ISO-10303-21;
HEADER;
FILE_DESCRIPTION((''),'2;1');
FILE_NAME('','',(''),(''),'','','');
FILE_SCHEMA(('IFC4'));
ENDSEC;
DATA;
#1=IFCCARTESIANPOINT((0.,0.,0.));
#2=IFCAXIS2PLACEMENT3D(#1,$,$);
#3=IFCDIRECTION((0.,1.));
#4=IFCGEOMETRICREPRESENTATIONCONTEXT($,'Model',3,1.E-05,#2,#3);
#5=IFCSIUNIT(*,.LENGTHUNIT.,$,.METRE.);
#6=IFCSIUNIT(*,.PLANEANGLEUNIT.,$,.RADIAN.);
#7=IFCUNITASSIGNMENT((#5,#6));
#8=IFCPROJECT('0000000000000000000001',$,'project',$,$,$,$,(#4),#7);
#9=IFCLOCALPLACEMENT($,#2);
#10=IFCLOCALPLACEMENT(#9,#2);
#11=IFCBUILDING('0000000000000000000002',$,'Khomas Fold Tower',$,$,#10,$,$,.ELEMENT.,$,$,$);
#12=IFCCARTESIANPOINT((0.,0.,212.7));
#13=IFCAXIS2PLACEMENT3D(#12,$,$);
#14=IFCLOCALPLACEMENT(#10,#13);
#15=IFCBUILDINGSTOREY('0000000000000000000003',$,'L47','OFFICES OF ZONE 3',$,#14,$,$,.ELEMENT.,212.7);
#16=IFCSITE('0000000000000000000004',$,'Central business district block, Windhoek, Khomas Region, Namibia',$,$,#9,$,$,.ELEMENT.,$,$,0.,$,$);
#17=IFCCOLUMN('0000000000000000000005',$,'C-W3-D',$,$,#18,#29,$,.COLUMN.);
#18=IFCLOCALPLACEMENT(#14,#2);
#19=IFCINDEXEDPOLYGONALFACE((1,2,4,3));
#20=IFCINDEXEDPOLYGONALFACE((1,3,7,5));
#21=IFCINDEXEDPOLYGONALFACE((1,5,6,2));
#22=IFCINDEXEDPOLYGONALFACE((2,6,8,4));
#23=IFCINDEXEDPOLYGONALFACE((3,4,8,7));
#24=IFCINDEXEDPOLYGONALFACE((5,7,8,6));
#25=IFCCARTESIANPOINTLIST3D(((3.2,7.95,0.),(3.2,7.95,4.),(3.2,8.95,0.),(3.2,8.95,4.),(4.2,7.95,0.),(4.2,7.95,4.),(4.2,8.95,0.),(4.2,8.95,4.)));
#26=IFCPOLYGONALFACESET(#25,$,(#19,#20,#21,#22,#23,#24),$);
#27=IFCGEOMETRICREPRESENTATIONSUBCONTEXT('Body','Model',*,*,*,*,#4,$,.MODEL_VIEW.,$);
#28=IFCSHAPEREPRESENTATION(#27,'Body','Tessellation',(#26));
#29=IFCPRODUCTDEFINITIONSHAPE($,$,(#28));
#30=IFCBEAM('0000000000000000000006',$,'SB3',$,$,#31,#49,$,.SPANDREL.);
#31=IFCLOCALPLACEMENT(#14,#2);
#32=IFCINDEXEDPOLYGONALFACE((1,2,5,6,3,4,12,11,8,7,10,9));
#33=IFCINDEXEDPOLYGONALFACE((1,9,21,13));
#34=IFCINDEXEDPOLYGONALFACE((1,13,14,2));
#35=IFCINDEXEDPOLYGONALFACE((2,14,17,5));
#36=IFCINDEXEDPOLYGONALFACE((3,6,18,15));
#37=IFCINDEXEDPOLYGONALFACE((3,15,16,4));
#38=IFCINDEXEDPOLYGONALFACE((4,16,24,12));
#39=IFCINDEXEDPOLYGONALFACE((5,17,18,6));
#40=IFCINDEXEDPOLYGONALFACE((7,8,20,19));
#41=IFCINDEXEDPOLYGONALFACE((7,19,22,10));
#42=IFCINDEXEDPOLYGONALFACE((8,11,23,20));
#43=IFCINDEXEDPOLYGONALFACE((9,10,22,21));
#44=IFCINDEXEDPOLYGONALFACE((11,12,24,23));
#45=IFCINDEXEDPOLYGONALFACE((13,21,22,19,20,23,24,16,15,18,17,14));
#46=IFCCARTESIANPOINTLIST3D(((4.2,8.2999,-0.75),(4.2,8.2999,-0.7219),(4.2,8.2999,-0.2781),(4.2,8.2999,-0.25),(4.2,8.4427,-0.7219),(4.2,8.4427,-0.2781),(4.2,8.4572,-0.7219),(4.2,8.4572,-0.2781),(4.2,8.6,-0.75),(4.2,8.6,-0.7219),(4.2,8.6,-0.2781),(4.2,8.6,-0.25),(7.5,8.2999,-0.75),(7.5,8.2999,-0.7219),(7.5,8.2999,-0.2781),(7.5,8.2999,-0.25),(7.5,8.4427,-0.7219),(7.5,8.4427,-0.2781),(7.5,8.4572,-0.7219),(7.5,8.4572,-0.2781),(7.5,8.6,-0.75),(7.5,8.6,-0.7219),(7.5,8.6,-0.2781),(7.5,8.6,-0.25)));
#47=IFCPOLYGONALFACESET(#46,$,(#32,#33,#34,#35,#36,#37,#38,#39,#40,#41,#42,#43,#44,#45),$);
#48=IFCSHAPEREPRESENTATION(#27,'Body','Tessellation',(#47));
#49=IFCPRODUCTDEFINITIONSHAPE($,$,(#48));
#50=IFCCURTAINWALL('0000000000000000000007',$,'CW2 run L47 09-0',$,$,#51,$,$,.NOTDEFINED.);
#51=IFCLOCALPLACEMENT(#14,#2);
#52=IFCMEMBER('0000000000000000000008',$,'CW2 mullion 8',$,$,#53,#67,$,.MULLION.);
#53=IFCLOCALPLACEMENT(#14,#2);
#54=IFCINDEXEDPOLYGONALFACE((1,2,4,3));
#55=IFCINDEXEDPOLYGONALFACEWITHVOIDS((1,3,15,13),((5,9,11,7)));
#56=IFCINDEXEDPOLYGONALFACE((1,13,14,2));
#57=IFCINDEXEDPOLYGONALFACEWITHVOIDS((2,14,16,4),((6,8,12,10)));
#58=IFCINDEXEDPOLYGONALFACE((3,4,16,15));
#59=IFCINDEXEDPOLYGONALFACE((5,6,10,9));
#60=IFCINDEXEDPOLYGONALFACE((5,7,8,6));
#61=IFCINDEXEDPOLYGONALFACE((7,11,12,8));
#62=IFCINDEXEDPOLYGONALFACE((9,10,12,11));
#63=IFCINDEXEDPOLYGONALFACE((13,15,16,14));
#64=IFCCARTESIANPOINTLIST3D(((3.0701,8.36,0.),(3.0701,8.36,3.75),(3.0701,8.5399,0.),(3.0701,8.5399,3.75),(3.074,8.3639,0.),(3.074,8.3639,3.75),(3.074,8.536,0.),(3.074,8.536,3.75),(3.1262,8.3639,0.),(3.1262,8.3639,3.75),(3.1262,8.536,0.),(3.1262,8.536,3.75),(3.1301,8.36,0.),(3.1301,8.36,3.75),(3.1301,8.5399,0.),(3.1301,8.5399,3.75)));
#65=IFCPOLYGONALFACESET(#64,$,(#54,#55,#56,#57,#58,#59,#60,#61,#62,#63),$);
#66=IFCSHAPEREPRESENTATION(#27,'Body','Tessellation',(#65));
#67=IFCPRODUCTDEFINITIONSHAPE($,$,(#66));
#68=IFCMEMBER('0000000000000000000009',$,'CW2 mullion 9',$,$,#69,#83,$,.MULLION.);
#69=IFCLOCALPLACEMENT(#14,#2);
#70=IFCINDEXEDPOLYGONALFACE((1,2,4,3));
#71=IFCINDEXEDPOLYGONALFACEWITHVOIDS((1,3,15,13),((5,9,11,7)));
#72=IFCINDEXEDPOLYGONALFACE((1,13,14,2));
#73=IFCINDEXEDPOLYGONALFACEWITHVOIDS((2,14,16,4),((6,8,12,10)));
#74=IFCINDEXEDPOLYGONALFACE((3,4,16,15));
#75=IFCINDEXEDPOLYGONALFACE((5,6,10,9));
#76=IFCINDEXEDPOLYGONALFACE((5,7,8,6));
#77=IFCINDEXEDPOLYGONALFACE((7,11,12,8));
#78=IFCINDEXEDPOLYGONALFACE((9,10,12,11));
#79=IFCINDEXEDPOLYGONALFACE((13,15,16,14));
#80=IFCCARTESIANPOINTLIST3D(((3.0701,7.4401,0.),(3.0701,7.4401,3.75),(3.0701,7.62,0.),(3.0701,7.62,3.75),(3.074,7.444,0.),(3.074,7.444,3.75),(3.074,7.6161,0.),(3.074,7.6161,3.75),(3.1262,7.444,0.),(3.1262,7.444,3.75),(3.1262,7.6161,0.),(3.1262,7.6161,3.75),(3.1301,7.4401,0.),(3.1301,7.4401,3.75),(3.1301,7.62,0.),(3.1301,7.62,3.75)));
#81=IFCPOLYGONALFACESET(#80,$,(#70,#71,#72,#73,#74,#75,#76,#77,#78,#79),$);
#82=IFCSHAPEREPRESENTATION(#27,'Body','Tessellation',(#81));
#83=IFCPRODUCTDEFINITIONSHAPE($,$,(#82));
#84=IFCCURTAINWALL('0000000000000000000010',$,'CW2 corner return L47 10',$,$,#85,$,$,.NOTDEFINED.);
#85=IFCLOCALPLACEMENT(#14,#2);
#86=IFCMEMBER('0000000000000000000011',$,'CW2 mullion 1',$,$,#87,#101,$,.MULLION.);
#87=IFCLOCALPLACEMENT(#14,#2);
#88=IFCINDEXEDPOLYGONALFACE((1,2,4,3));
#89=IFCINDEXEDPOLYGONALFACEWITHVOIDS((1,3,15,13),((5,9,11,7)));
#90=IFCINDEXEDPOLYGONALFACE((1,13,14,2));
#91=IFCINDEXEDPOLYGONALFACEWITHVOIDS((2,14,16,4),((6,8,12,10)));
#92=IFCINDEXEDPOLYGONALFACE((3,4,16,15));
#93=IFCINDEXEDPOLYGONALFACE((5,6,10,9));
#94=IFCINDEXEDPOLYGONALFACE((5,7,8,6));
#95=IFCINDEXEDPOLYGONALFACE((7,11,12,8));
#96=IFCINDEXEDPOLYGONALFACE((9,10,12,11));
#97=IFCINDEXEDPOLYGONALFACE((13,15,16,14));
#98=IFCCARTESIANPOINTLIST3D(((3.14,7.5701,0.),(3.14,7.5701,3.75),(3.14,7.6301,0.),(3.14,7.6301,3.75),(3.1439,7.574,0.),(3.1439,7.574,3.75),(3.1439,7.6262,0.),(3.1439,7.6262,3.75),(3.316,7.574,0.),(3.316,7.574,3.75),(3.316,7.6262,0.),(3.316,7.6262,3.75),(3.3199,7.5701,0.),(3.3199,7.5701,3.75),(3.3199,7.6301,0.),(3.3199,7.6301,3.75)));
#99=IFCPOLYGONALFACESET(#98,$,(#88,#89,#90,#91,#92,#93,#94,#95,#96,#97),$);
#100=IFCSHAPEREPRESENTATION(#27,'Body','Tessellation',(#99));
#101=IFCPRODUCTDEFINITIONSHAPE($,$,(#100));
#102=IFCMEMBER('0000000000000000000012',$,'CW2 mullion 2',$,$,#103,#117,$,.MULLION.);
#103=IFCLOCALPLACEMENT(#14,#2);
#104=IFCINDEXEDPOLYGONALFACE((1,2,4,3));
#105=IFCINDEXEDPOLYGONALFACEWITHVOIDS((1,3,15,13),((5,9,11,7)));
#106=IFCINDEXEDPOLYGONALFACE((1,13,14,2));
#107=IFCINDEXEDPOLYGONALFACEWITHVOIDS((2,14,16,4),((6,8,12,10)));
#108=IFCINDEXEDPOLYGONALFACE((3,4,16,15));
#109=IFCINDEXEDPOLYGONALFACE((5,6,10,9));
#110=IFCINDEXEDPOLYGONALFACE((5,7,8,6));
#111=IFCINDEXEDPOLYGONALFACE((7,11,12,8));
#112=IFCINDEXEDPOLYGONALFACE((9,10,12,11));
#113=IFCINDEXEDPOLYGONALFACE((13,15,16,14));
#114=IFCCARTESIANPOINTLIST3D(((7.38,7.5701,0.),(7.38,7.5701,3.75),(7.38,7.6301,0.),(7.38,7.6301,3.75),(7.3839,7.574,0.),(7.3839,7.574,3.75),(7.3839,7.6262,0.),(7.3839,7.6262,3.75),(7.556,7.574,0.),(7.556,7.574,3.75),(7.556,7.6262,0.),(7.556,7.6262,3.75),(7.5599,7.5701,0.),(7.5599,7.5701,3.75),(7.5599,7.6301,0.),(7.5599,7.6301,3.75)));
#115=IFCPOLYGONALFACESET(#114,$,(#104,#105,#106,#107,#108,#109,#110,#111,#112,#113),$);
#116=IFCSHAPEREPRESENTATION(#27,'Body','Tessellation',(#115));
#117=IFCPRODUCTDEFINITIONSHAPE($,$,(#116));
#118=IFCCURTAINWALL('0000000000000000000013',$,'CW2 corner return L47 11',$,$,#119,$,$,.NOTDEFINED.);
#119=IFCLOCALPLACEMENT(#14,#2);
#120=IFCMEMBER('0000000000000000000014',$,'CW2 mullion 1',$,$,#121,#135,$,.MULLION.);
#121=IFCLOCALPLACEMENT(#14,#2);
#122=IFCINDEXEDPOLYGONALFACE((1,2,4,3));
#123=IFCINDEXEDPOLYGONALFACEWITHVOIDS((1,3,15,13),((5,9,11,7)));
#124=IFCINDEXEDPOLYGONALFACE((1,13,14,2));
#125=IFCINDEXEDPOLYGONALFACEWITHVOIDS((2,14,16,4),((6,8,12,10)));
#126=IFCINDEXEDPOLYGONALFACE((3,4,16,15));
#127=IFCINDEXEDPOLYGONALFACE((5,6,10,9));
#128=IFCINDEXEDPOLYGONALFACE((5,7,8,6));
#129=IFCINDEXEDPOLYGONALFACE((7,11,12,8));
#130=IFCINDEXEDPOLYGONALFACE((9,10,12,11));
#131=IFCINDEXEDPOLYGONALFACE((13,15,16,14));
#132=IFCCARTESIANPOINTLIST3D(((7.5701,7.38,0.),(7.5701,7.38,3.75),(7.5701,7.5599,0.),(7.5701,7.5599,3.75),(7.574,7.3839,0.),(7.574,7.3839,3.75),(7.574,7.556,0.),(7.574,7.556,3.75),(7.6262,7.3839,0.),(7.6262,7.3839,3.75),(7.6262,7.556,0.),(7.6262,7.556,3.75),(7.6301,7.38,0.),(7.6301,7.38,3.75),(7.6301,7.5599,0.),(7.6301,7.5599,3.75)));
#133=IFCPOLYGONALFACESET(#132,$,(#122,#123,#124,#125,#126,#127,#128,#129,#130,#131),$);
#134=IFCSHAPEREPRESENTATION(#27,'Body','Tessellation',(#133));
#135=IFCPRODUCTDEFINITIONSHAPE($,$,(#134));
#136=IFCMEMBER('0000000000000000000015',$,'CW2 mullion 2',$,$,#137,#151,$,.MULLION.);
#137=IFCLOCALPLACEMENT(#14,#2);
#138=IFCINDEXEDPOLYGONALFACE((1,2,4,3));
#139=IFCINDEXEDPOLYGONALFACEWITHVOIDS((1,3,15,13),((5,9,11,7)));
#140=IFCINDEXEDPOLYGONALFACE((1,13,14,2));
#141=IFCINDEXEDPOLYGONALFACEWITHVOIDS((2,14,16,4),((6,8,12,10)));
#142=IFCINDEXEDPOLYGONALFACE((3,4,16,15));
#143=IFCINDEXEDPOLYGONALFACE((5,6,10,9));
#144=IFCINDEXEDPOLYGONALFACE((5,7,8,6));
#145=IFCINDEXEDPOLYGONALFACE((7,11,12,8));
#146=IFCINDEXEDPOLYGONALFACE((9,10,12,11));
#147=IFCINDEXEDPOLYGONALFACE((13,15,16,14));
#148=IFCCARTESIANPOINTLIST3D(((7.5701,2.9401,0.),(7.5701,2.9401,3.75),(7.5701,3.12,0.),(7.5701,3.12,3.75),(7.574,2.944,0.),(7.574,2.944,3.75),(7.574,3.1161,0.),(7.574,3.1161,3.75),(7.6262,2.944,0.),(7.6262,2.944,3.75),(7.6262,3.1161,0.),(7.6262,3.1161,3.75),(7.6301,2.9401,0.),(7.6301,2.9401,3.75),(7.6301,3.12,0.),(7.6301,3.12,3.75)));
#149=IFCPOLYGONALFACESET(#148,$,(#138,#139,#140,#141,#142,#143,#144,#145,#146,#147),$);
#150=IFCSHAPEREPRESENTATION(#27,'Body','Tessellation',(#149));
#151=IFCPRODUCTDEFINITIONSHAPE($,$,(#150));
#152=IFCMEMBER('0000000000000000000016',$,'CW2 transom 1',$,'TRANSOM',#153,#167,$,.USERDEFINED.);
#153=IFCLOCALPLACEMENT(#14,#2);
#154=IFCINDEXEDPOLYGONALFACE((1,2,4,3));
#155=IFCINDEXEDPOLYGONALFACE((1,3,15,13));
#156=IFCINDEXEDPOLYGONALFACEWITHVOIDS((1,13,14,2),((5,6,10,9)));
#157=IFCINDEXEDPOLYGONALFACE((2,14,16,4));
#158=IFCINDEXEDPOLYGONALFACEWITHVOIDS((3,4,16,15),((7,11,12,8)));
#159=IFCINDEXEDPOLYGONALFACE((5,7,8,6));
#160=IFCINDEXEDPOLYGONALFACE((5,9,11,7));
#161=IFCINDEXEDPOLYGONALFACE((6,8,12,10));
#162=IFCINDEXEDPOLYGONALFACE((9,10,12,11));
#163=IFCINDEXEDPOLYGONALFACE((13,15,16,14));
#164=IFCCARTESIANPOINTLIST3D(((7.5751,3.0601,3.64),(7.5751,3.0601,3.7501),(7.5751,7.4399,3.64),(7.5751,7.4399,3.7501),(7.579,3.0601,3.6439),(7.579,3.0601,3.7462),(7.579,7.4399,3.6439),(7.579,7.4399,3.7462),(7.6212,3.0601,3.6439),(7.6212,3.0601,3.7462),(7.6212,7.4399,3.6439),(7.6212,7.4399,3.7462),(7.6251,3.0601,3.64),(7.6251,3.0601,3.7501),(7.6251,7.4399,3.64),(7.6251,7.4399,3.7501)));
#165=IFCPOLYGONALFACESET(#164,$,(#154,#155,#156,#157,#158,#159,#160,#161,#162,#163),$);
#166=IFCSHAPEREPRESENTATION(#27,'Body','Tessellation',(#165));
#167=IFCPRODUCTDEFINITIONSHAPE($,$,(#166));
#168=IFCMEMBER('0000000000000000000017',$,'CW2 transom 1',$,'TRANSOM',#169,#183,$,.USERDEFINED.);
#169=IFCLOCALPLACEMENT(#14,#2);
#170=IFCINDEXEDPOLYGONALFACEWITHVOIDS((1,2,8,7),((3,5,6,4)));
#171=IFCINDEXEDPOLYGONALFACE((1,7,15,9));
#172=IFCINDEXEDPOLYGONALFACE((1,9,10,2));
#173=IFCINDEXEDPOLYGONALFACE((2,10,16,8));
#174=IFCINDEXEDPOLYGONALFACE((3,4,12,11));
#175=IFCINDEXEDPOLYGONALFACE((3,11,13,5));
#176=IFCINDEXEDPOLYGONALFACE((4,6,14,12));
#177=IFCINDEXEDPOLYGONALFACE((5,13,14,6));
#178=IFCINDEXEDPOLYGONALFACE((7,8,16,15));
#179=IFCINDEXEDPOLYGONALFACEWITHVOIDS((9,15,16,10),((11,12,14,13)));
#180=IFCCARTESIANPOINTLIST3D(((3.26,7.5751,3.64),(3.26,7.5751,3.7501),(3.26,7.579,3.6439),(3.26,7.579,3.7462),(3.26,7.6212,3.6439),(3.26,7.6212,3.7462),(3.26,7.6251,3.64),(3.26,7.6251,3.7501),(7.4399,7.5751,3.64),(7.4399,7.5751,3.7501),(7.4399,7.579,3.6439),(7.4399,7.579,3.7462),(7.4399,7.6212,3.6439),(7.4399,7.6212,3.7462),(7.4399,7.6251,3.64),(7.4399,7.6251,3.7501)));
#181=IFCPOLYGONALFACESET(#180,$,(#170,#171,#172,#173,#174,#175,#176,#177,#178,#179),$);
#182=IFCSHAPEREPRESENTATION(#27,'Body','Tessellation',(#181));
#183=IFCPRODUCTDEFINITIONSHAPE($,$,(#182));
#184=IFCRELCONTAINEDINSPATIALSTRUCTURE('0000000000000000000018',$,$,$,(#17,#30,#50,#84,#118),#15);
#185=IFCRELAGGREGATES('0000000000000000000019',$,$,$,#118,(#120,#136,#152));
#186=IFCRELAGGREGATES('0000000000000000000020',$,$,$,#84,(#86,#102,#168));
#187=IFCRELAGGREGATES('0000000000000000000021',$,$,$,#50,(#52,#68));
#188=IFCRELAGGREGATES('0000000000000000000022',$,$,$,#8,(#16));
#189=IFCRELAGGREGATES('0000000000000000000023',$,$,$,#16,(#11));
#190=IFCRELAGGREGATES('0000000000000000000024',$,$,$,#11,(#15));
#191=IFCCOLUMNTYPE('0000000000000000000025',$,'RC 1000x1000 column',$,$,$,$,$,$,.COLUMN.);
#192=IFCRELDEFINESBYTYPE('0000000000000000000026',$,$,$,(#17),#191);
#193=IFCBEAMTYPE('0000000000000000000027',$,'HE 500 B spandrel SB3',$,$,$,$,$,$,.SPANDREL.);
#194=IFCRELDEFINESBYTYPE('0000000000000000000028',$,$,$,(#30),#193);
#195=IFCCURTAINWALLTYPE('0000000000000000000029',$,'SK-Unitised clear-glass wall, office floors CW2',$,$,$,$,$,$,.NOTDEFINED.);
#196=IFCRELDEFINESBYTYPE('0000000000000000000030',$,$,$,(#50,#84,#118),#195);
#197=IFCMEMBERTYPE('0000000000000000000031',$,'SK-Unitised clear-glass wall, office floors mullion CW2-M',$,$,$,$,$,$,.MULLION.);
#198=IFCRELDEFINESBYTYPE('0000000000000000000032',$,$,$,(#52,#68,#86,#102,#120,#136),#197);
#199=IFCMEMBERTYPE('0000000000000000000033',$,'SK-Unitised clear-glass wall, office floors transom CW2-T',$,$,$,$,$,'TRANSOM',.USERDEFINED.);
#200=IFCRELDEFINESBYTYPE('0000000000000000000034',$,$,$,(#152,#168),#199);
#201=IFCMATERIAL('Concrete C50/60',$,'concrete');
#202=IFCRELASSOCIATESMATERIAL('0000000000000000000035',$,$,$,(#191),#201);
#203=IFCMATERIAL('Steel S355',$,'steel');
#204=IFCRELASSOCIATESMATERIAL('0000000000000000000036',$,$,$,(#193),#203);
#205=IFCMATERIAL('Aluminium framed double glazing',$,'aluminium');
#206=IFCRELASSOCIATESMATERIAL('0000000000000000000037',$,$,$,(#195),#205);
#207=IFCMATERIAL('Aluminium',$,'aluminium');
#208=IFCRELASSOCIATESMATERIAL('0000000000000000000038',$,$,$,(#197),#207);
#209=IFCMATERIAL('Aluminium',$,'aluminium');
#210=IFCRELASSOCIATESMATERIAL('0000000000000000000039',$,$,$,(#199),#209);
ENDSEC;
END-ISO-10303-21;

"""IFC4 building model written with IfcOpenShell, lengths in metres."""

from ifc_helpers import new_model, si_unit, direction, frame, origin, origin_2d, place, context, subcontext, project, spatial, rectangle, hollow_rectangle, i_section, extrude, source, transform, mapped, material, material_profile, profile_set, type_object, element, aggregate, save


model = new_model("IFC4")

# Units and contexts
model_context = context("Model", 3, precision=1e-05, world=origin(), true_north=direction((0.0, 1.0)))
body_context = subcontext(model_context, "Body", "Model", "MODEL_VIEW")
ifc_project = project(units=[si_unit("LENGTHUNIT", "METRE"), si_unit("PLANEANGLEUNIT", "RADIAN")], contexts=[model_context])

# Site, building, storey
site_placement = place(None, origin())
site = spatial("IfcSite", under=ifc_project, at=site_placement, Name="Central business district block, Windhoek, Khomas Region, Namibia", CompositionType="ELEMENT", RefElevation=0.0)
building_placement = place(site_placement, origin())
building = spatial("IfcBuilding", under=site, at=building_placement, Name="Khomas Fold Tower", CompositionType="ELEMENT")
storey_placement = place(building_placement, frame((0.0, 0.0, 212.7)))
storey = spatial("IfcBuildingStorey", under=building, at=storey_placement, Name="L47", Description="OFFICES OF ZONE 3", CompositionType="ELEMENT", Elevation=212.7)

# Column
ifc_material_1 = material(Name="Concrete C50/60", Category="concrete")
ifc_material_profile_1 = material_profile(ifc_material_1, rectangle(XDim=1.0, YDim=1.0, at=origin_2d()), Name="RC 1000x1000")
ifc_profile_set_1 = profile_set([ifc_material_profile_1], Name="Concrete C50/60")
column_type = type_object("IfcColumnType", Name="RC 1000x1000 column", PredefinedType="COLUMN", material=ifc_profile_set_1)
shared_shape_1 = source(origin(), body_context, "Body", "SweptSolid", [
    extrude(rectangle(XDim=1.0, YDim=1.0, at=origin_2d()), origin(), (0.0, 0.0, 1.0), 4.0),
])
column_placement = place(storey_placement, frame((3.7, 8.45, 0.0), z_axis=(0.0, 0.0, 1.0), x_axis=(1.0, 0.0, 0.0)))
element("IfcColumn", 1, at=column_placement, inside=storey, type_object=column_type, Name="C-W3-D", PredefinedType="COLUMN", context=body_context, shape_type="MappedRepresentation", body=[
    mapped(shared_shape_1, transform((0.0, 0.0, 0.0))),
])

# Beam
ifc_material_2 = material(Name="Steel S355", Category="steel")
ifc_material_profile_2 = material_profile(ifc_material_2, i_section(OverallWidth=0.3, OverallDepth=0.5, WebThickness=0.0144, FlangeThickness=0.0281, at=origin_2d()), Name="HE 500 B")
ifc_profile_set_2 = profile_set([ifc_material_profile_2], Name="Steel S355")
beam_type = type_object("IfcBeamType", Name="HE 500 B spandrel SB3", PredefinedType="SPANDREL", material=ifc_profile_set_2)
shared_shape_2 = source(origin(), body_context, "Body", "SweptSolid", [
    extrude(i_section(OverallWidth=0.3, OverallDepth=0.5, WebThickness=0.0144, FlangeThickness=0.0281, at=origin_2d()), origin(), (0.0, 0.0, 1.0), 3.3),
])
beam_placement = place(storey_placement, frame((4.2, 8.45, -0.5), z_axis=(1.0, 0.0, 0.0), x_axis=(0.0, 1.0, 0.0)))
element("IfcBeam", 2, at=beam_placement, inside=storey, type_object=beam_type, Name="SB3", PredefinedType="SPANDREL", context=body_context, shape_type="MappedRepresentation", body=[
    mapped(shared_shape_2, transform((0.0, 0.0, 0.0))),
])

# Curtain walls, members
ifc_material_3 = material(Name="Aluminium framed double glazing", Category="aluminium")
curtain_wall_type = type_object("IfcCurtainWallType", Name="SK-Unitised clear-glass wall, office floors CW2", PredefinedType="NOTDEFINED", material=ifc_material_3)
curtain_wall_1_placement = place(storey_placement, origin())
curtain_wall_1 = element("IfcCurtainWall", 3, at=curtain_wall_1_placement, inside=storey, type_object=curtain_wall_type, Name="CW2 run L47 09-0", PredefinedType="NOTDEFINED")
ifc_material_4 = material(Name="Aluminium", Category="aluminium")
ifc_material_profile_3 = material_profile(ifc_material_4, hollow_rectangle(XDim=0.0601, YDim=0.1799, WallThickness=0.0039, at=origin_2d()), Name="SK-Unitised clear-glass wall, office floors mullion CW2-M")
ifc_profile_set_3 = profile_set([ifc_material_profile_3], Name="Aluminium")
member_type_1 = type_object("IfcMemberType", Name="SK-Unitised clear-glass wall, office floors mullion CW2-M", PredefinedType="MULLION", material=ifc_profile_set_3)
shared_shape_3 = source(origin(), body_context, "Body", "SweptSolid", [
    extrude(hollow_rectangle(XDim=0.0601, YDim=0.1799, WallThickness=0.0039, at=origin_2d()), origin(), (0.0, 0.0, 1.0), 3.75),
])
member_1_placement = place(storey_placement, frame((3.1001, 8.45, 0.0), z_axis=(0.0, 0.0, 1.0), x_axis=(1.0, 0.0, 0.0)))
member_1 = element("IfcMember", 4, at=member_1_placement, type_object=member_type_1, Name="CW2 mullion 8", PredefinedType="MULLION", context=body_context, shape_type="MappedRepresentation", body=[
    mapped(shared_shape_3, transform((0.0, 0.0, 0.0))),
])
member_2_placement = place(storey_placement, frame((3.1001, 7.53, 0.0), z_axis=(0.0, 0.0, 1.0), x_axis=(1.0, 0.0, 0.0)))
member_2 = element("IfcMember", 5, at=member_2_placement, type_object=member_type_1, Name="CW2 mullion 9", PredefinedType="MULLION", context=body_context, shape_type="MappedRepresentation", body=[
    mapped(shared_shape_3, transform((0.0, 0.0, 0.0))),
])
curtain_wall_2_placement = place(storey_placement, origin())
curtain_wall_2 = element("IfcCurtainWall", 6, at=curtain_wall_2_placement, inside=storey, type_object=curtain_wall_type, Name="CW2 corner return L47 10", PredefinedType="NOTDEFINED")
member_3_placement = place(storey_placement, frame((3.23, 7.6001, 0.0), z_axis=(0.0, 0.0, 1.0), x_axis=(0.0, 1.0, 0.0)))
member_3 = element("IfcMember", 7, at=member_3_placement, type_object=member_type_1, Name="CW2 mullion 1", PredefinedType="MULLION", context=body_context, shape_type="MappedRepresentation", body=[
    mapped(shared_shape_3, transform((0.0, 0.0, 0.0))),
])
member_4_placement = place(storey_placement, frame((7.47, 7.6001, 0.0), z_axis=(0.0, 0.0, 1.0), x_axis=(0.0, 1.0, 0.0)))
member_4 = element("IfcMember", 8, at=member_4_placement, type_object=member_type_1, Name="CW2 mullion 2", PredefinedType="MULLION", context=body_context, shape_type="MappedRepresentation", body=[
    mapped(shared_shape_3, transform((0.0, 0.0, 0.0))),
])
curtain_wall_3_placement = place(storey_placement, origin())
curtain_wall_3 = element("IfcCurtainWall", 9, at=curtain_wall_3_placement, inside=storey, type_object=curtain_wall_type, Name="CW2 corner return L47 11", PredefinedType="NOTDEFINED")
member_5_placement = place(storey_placement, frame((7.6001, 7.47, 0.0), z_axis=(0.0, 0.0, 1.0), x_axis=(1.0, 0.0, 0.0)))
member_5 = element("IfcMember", 10, at=member_5_placement, type_object=member_type_1, Name="CW2 mullion 1", PredefinedType="MULLION", context=body_context, shape_type="MappedRepresentation", body=[
    mapped(shared_shape_3, transform((0.0, 0.0, 0.0))),
])
member_6_placement = place(storey_placement, frame((7.6001, 3.03, 0.0), z_axis=(0.0, 0.0, 1.0), x_axis=(1.0, 0.0, 0.0)))
member_6 = element("IfcMember", 11, at=member_6_placement, type_object=member_type_1, Name="CW2 mullion 2", PredefinedType="MULLION", context=body_context, shape_type="MappedRepresentation", body=[
    mapped(shared_shape_3, transform((0.0, 0.0, 0.0))),
])
ifc_material_5 = material(Name="Aluminium", Category="aluminium")
ifc_material_profile_4 = material_profile(ifc_material_5, hollow_rectangle(XDim=0.05, YDim=0.1101, WallThickness=0.0039, at=origin_2d()), Name="SK-Unitised clear-glass wall, office floors transom CW2-T")
ifc_profile_set_4 = profile_set([ifc_material_profile_4], Name="Aluminium")
member_type_2 = type_object("IfcMemberType", Name="SK-Unitised clear-glass wall, office floors transom CW2-T", ElementType="TRANSOM", PredefinedType="USERDEFINED", material=ifc_profile_set_4)
shared_shape_4 = source(origin(), body_context, "Body", "SweptSolid", [
    extrude(hollow_rectangle(XDim=0.05, YDim=0.1101, WallThickness=0.0039, at=origin_2d()), origin(), (0.0, 0.0, 1.0), 4.3799),
])
member_7_placement = place(storey_placement, frame((7.6001, 7.4399, 3.6951), z_axis=(0.0, -1.0, 0.0), x_axis=(1.0, 0.0, 0.0)))
member_7 = element("IfcMember", 12, at=member_7_placement, type_object=member_type_2, Name="CW2 transom 1", ObjectType="TRANSOM", PredefinedType="USERDEFINED", context=body_context, shape_type="MappedRepresentation", body=[
    mapped(shared_shape_4, transform((0.0, 0.0, 0.0))),
])

# Member
shared_shape_5 = source(origin(), body_context, "Body", "SweptSolid", [
    extrude(hollow_rectangle(XDim=0.05, YDim=0.1101, WallThickness=0.0039, at=origin_2d()), origin(), (0.0, 0.0, 1.0), 4.1799),
])
member_8_placement = place(storey_placement, frame((3.26, 7.6001, 3.6951), z_axis=(1.0, 0.0, 0.0), x_axis=(0.0, 1.0, 0.0)))
member_8 = element("IfcMember", 13, at=member_8_placement, type_object=member_type_2, Name="CW2 transom 1", ObjectType="TRANSOM", PredefinedType="USERDEFINED", context=body_context, shape_type="MappedRepresentation", body=[
    mapped(shared_shape_5, transform((0.0, 0.0, 0.0))),
])

aggregate(curtain_wall_3, [member_5, member_6, member_7])
aggregate(curtain_wall_2, [member_3, member_4, member_8])
aggregate(curtain_wall_1, [member_1, member_2])

save(model, "model.ifc")
